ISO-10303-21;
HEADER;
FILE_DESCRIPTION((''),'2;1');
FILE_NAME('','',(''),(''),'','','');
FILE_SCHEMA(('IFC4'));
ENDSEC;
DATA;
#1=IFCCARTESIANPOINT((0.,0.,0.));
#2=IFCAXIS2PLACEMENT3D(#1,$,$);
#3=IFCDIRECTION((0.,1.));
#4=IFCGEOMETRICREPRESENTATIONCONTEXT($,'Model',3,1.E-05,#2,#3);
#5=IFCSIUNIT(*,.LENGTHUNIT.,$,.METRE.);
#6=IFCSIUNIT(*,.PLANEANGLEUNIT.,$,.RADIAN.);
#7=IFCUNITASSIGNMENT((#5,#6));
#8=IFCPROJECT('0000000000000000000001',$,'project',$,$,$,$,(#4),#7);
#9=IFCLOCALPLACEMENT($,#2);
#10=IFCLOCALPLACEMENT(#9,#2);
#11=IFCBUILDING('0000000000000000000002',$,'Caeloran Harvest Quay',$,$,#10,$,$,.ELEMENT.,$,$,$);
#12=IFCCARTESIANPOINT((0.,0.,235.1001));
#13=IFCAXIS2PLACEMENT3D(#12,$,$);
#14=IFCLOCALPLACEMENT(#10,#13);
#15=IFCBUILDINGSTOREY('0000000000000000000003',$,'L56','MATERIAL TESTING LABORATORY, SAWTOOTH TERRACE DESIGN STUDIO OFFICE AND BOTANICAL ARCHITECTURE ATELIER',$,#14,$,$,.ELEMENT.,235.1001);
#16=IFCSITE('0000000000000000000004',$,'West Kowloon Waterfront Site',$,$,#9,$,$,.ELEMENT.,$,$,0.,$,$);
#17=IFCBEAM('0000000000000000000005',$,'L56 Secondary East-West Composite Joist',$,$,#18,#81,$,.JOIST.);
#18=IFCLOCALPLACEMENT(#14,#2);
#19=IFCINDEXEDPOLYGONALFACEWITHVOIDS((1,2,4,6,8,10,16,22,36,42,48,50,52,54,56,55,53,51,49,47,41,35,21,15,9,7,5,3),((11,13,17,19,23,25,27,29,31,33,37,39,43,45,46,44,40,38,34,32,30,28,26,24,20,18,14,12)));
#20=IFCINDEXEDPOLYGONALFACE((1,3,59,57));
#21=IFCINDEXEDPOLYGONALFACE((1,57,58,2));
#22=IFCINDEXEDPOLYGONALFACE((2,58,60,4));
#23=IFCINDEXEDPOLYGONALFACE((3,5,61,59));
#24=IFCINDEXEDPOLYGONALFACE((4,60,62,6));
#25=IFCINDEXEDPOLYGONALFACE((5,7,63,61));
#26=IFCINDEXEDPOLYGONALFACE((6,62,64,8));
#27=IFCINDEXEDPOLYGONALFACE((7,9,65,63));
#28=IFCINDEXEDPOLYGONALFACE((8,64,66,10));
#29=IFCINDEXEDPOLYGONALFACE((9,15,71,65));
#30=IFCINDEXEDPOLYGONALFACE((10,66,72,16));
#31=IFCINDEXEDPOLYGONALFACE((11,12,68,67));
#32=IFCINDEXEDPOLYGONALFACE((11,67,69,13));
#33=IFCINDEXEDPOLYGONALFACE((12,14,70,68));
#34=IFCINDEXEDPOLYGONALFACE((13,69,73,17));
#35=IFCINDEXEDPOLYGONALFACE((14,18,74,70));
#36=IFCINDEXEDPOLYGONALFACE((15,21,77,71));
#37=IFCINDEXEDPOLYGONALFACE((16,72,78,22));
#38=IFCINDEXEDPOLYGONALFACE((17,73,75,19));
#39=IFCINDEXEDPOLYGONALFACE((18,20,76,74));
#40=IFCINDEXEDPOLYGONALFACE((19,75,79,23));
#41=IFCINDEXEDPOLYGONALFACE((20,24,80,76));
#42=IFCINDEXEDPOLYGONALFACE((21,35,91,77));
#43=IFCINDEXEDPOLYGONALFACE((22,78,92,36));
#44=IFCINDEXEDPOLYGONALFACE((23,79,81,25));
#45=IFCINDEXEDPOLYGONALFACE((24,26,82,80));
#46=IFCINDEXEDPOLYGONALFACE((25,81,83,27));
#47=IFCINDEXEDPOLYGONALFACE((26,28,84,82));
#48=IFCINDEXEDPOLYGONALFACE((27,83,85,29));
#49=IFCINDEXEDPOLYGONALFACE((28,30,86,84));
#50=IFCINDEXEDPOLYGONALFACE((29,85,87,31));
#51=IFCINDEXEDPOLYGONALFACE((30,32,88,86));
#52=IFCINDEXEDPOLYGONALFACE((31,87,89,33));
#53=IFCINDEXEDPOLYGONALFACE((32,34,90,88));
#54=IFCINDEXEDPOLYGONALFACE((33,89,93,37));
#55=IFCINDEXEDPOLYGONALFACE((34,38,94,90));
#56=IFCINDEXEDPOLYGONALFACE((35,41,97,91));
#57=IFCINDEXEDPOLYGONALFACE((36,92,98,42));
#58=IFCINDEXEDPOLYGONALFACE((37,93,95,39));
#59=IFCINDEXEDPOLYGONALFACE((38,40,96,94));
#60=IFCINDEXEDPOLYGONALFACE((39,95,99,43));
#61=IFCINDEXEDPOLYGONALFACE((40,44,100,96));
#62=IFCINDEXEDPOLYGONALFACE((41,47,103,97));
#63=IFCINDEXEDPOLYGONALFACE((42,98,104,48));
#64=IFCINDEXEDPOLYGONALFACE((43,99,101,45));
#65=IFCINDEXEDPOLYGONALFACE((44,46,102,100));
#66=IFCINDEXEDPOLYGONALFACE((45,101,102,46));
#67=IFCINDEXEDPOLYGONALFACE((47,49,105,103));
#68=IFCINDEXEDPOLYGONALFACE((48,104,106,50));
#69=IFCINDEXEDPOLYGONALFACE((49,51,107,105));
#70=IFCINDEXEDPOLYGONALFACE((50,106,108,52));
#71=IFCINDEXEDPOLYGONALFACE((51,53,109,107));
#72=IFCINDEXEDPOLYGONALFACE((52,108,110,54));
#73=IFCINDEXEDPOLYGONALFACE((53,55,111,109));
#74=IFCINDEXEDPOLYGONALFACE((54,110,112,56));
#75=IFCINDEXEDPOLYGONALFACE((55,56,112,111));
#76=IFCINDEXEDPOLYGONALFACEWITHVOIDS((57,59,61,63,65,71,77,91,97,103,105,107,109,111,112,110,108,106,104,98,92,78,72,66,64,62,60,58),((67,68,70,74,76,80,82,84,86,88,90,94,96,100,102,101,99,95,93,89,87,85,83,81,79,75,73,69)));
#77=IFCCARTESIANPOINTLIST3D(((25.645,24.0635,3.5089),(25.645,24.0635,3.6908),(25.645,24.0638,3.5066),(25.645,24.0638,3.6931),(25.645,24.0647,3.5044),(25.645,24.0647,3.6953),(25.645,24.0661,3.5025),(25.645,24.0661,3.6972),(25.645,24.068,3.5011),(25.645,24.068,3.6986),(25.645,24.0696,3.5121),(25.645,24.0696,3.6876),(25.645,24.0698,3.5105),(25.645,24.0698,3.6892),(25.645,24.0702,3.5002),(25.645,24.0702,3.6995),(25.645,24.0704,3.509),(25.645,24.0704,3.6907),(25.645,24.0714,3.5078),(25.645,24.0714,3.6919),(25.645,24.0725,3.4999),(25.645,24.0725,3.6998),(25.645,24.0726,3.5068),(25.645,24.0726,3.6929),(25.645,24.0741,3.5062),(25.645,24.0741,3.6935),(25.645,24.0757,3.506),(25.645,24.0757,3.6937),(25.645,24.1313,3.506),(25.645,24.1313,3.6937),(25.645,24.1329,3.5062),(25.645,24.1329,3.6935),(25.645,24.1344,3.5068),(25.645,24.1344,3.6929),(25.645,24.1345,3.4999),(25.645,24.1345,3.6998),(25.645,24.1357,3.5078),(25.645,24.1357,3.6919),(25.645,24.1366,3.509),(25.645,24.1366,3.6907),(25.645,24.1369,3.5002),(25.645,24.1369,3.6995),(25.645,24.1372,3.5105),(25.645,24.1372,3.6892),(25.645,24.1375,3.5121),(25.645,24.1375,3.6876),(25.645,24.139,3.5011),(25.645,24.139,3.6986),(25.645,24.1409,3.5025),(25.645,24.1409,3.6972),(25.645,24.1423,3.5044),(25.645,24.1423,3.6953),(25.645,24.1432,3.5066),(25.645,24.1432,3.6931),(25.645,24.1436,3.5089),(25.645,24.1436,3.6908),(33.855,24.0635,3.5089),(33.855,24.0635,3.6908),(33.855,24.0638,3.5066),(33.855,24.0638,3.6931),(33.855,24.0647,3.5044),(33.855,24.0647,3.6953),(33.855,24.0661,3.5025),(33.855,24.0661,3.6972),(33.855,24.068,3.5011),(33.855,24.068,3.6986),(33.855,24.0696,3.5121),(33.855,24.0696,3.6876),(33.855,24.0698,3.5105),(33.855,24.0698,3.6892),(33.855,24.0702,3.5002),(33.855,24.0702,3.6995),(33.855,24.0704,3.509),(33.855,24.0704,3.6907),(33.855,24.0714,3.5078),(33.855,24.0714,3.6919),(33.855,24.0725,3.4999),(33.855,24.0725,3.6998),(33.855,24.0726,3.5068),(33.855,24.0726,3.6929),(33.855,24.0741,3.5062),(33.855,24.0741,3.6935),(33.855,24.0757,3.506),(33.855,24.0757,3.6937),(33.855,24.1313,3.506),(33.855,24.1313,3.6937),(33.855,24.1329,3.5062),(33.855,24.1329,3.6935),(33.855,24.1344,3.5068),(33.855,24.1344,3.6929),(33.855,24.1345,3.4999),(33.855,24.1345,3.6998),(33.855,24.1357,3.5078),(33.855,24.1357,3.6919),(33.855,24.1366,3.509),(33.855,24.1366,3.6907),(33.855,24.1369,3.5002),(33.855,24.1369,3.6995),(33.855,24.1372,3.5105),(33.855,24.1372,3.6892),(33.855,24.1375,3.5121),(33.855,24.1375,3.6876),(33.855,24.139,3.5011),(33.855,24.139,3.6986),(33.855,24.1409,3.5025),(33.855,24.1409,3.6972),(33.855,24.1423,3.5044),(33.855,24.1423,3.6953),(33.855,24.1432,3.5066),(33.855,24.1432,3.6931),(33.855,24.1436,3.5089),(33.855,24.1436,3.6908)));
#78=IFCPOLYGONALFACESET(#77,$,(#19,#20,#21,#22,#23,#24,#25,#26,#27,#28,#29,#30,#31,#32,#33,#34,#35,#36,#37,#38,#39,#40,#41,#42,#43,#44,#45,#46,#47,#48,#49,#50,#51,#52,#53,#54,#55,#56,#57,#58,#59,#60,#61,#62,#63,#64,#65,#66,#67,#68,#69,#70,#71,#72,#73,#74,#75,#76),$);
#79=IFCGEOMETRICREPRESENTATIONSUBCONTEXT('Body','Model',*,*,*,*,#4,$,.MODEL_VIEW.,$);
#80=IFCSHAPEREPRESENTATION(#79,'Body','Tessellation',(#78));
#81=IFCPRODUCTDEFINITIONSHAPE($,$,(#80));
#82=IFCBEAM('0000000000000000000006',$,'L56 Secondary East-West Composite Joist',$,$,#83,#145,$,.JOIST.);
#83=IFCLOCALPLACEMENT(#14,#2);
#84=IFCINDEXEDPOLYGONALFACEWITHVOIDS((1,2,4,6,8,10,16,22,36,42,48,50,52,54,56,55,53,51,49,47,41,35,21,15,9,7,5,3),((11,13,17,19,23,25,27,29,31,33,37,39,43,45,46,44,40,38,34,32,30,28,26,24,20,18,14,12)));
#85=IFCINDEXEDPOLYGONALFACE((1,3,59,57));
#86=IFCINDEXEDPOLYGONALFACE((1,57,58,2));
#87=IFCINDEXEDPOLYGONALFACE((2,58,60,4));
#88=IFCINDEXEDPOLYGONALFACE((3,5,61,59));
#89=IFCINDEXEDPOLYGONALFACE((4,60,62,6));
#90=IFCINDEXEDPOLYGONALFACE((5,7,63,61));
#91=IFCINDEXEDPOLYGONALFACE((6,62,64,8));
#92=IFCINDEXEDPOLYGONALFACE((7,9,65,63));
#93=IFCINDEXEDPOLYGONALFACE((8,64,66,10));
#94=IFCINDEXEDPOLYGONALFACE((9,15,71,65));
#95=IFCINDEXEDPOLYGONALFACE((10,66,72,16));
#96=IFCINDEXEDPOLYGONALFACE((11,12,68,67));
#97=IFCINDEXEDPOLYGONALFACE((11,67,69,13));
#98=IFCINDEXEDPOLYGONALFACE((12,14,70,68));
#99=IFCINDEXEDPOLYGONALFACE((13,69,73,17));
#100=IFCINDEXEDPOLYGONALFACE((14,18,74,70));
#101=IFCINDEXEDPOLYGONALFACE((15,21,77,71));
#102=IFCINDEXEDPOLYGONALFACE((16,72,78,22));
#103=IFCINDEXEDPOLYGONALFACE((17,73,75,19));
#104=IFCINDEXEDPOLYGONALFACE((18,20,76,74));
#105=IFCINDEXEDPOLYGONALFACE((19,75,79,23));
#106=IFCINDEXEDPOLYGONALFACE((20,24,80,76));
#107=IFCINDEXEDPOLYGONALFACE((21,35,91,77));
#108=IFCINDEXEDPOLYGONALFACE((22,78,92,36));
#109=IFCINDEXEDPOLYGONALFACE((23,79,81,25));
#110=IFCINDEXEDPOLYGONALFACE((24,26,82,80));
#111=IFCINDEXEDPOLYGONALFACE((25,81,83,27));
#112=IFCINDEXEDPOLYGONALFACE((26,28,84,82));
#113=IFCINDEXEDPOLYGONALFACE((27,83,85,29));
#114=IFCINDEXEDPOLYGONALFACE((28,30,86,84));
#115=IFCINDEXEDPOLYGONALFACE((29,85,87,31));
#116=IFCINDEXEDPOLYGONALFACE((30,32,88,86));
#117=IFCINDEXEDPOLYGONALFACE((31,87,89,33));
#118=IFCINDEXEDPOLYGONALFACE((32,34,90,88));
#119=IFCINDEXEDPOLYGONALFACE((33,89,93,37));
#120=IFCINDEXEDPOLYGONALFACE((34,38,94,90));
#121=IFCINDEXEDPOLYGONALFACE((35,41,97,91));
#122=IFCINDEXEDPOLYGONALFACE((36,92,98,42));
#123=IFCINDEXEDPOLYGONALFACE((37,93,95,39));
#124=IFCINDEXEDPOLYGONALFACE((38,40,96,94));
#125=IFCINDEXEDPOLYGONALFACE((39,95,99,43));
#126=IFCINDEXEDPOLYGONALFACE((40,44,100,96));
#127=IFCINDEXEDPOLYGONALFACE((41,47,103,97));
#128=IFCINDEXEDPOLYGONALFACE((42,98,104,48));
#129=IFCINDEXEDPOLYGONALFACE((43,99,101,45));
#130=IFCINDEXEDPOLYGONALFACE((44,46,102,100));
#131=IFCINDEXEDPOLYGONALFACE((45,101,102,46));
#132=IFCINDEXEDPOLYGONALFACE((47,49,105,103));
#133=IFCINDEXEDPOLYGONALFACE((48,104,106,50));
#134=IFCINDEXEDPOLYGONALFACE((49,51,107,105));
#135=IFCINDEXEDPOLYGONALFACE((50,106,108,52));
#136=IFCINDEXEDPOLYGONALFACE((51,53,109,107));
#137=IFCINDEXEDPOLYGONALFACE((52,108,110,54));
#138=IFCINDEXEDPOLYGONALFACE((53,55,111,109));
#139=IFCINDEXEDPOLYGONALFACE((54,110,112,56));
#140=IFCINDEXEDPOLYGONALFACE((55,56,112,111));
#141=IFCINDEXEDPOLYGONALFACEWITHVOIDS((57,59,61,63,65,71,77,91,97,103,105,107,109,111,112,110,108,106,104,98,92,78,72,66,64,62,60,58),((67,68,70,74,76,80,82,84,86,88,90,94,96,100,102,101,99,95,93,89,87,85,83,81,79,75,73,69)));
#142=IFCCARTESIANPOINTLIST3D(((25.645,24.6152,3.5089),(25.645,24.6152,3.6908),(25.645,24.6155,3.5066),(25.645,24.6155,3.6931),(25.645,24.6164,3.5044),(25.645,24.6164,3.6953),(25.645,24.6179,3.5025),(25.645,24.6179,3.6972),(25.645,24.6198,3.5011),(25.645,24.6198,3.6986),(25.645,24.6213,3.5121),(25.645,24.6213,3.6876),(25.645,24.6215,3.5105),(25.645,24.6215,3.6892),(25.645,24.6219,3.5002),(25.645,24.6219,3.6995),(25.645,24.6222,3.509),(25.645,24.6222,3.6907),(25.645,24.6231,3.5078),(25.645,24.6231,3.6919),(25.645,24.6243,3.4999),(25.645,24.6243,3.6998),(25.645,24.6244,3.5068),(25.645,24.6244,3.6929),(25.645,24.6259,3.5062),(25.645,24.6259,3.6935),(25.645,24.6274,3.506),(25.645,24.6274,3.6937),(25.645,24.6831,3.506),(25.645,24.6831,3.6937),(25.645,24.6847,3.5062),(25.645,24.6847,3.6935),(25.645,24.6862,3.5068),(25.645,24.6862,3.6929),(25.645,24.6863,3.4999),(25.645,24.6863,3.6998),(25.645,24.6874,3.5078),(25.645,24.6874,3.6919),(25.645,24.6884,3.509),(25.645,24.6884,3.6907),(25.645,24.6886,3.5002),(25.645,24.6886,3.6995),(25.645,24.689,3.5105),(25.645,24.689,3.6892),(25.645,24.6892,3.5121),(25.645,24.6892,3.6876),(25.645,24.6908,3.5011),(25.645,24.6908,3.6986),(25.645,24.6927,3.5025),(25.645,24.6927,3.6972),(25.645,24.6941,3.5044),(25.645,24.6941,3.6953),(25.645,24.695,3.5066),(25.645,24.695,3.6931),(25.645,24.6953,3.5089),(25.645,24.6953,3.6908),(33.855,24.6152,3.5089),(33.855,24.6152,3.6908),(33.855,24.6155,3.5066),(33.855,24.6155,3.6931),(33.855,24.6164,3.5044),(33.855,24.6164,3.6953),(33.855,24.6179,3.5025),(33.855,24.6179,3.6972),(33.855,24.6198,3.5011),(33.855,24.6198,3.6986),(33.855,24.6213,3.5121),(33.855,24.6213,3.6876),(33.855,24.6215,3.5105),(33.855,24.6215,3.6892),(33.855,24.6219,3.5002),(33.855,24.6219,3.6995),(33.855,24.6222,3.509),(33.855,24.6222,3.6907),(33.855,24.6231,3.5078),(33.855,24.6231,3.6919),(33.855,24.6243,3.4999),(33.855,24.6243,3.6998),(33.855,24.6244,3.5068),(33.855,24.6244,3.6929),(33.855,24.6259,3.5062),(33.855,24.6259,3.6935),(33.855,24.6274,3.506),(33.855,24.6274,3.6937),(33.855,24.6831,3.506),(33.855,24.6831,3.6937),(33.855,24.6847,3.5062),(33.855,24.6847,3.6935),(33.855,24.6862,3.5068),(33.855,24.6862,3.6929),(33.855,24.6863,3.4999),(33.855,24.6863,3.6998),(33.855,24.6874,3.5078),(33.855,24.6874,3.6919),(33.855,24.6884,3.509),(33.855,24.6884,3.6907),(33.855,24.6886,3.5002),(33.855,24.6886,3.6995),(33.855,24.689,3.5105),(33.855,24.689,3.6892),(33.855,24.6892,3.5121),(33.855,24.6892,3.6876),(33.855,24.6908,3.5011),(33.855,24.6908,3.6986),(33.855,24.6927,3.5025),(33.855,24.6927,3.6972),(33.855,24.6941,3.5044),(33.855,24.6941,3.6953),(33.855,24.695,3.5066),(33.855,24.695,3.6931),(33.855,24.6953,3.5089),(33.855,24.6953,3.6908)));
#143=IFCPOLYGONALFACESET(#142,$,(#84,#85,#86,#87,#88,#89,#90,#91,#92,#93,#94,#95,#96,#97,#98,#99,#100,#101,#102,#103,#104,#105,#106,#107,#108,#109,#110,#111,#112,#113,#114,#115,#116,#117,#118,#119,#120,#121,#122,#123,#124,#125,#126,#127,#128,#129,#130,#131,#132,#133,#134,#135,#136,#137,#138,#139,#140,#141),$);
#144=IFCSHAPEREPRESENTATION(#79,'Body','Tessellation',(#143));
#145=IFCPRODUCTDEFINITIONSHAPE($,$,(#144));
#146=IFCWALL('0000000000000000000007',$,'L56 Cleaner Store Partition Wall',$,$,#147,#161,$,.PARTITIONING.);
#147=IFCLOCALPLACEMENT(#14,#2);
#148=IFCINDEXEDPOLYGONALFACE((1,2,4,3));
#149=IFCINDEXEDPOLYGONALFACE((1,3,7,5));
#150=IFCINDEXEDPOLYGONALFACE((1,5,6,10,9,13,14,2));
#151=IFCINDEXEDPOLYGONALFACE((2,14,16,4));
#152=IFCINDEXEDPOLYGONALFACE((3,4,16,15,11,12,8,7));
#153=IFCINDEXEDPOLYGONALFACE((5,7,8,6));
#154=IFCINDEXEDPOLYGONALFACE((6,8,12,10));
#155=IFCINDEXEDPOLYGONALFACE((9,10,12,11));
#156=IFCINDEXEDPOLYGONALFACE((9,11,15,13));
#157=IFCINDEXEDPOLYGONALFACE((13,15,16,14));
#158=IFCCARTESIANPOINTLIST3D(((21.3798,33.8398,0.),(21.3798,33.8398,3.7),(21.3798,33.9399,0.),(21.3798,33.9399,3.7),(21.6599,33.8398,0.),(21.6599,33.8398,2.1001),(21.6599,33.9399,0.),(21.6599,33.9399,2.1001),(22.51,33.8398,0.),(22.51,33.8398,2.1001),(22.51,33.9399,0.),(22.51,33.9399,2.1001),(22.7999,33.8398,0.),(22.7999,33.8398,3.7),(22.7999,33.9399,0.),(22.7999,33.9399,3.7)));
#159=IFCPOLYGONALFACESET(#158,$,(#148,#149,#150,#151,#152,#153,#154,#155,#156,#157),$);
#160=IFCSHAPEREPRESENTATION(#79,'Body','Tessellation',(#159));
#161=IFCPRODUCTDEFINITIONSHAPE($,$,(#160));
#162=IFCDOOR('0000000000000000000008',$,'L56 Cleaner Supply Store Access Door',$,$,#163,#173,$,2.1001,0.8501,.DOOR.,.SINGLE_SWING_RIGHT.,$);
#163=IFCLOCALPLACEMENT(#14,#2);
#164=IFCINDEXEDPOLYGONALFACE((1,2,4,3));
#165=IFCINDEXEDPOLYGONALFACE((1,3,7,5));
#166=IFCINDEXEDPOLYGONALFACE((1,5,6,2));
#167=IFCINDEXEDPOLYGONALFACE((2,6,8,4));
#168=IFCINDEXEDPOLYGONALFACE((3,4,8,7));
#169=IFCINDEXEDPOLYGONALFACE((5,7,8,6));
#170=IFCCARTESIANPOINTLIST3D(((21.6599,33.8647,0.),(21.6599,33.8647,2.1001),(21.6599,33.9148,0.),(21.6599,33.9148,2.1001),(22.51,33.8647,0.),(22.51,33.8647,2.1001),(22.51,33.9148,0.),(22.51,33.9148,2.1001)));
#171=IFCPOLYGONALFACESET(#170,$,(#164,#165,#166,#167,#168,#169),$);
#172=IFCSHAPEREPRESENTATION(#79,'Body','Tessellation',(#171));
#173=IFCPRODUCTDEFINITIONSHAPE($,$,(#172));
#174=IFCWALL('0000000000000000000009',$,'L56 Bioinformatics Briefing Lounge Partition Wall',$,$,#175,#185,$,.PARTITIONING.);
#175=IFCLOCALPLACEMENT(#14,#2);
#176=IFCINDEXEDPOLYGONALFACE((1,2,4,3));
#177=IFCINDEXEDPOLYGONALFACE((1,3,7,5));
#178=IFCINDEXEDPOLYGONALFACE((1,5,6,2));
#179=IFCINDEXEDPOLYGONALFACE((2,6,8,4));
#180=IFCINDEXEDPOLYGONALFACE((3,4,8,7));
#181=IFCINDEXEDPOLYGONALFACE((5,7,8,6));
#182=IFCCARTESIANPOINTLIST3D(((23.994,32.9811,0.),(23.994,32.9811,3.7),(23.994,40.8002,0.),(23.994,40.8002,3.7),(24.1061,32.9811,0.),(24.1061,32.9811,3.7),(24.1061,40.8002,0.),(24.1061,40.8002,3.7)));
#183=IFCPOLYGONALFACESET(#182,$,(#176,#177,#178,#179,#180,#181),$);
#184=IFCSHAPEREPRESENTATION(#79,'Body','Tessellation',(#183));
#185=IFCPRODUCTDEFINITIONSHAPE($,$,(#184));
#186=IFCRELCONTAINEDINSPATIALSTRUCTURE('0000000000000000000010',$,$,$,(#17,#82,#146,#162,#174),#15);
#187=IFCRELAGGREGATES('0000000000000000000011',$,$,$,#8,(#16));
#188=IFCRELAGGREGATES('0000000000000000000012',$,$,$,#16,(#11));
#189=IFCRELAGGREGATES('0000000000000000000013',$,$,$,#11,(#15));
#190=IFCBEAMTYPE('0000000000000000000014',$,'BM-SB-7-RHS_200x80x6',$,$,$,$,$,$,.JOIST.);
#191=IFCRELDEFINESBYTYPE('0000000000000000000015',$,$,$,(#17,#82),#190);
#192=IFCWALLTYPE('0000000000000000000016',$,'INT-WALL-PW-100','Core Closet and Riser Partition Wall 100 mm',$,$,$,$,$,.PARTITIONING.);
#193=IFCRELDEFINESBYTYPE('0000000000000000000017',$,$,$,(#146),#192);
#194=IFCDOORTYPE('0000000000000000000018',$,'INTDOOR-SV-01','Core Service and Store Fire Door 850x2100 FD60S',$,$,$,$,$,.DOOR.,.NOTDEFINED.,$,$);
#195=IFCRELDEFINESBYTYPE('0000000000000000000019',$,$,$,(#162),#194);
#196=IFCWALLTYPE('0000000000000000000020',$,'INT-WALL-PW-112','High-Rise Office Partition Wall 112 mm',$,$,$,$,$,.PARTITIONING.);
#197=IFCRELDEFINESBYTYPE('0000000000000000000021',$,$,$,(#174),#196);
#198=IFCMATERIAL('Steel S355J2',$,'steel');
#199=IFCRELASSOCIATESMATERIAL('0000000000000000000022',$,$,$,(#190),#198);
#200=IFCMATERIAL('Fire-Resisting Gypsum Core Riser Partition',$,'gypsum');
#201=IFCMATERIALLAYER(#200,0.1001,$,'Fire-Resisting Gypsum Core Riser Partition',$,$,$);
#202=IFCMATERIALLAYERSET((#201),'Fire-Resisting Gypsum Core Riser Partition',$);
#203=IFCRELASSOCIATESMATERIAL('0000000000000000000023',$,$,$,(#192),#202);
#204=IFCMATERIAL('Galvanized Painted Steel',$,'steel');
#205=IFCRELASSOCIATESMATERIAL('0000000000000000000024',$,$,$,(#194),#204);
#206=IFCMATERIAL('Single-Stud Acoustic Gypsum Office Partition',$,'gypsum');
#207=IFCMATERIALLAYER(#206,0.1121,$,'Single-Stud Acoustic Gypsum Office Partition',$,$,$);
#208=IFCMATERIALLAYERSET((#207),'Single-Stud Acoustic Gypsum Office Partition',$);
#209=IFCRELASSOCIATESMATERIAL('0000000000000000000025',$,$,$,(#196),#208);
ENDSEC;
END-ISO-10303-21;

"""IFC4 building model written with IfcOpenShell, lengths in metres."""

from ifc_helpers import new_model, si_unit, direction, frame, frame_2d, origin, origin_2d, place, context, subcontext, project, spatial, rectangle, hollow_rectangle, extrude, material, layer, layer_set, material_profile, profile_set, type_object, element, fill, save


model = new_model("IFC4")

# Units and contexts
model_context = context("Model", 3, precision=1e-05, world=origin(), true_north=direction((0.0, 1.0)))
body_context = subcontext(model_context, "Body", "Model", "MODEL_VIEW")
ifc_project = project(units=[si_unit("LENGTHUNIT", "METRE"), si_unit("PLANEANGLEUNIT", "RADIAN")], contexts=[model_context])

# Site, building, storey
site_placement = place(None, origin())
site = spatial("IfcSite", under=ifc_project, at=site_placement, Name="West Kowloon Waterfront Site", CompositionType="ELEMENT", RefElevation=0.0)
building_placement = place(site_placement, origin())
building = spatial("IfcBuilding", under=site, at=building_placement, Name="Caeloran Harvest Quay", CompositionType="ELEMENT")
storey_placement = place(building_placement, frame((0.0, 0.0, 235.1001)))
storey = spatial("IfcBuildingStorey", under=building, at=storey_placement, Name="L56", Description="MATERIAL TESTING LABORATORY, SAWTOOTH TERRACE DESIGN STUDIO OFFICE AND BOTANICAL ARCHITECTURE ATELIER", CompositionType="ELEMENT", Elevation=235.1001)

# Beams
ifc_material_1 = material(Name="Steel S355J2", Category="steel")
ifc_material_profile_1 = material_profile(ifc_material_1, hollow_rectangle(XDim=0.0801, YDim=0.2, WallThickness=0.0061, InnerFilletRadius=0.0061, OuterFilletRadius=0.009, at=origin_2d()), Name="RHS 200x80x6")
ifc_profile_set_1 = profile_set([ifc_material_profile_1], Name="Steel S355J2")
beam_type_1 = type_object("IfcBeamType", Name="BM-SB-7-RHS_200x80x6", PredefinedType="JOIST", material=ifc_profile_set_1)
for number, where, z_axis, x_axis, name in (
    (1, (25.645, 24.1035, 3.5999), (1.0, 0.0, 0.0), (0.0, 1.0, 0.0), "L56 Secondary East-West Composite Joist"),
    (2, (25.645, 24.6553, 3.5999), (1.0, 0.0, 0.0), (0.0, 1.0, 0.0), "L56 Secondary East-West Composite Joist"),
):
    element("IfcBeam", number, at=place(storey_placement, frame(where, z_axis=z_axis, x_axis=x_axis)), inside=storey, type_object=beam_type_1, Name=name, PredefinedType="JOIST", context=body_context, shape_type="SweptSolid", body=[
        extrude(hollow_rectangle(XDim=0.0801, YDim=0.2, WallThickness=0.0061, InnerFilletRadius=0.0061, OuterFilletRadius=0.009, at=origin_2d()), origin(), (0.0, 0.0, 1.0), 8.21),
    ])

# Wall, opening, door
ifc_material_2 = material(Name="Fire-Resisting Gypsum Core Riser Partition", Category="gypsum")
ifc_layer_1 = layer(ifc_material_2, 0.1001, Name="Fire-Resisting Gypsum Core Riser Partition")
ifc_layer_set_1 = layer_set([ifc_layer_1], Name="Fire-Resisting Gypsum Core Riser Partition")
wall_type_1 = type_object("IfcWallType", Name="INT-WALL-PW-100", Description="Core Closet and Riser Partition Wall 100 mm", PredefinedType="PARTITIONING", material=ifc_layer_set_1)
wall_1_placement = place(storey_placement, frame((21.3799, 33.8899, 0.0), z_axis=(0.0, 0.0, 1.0), x_axis=(1.0, 0.0, 0.0)))
wall_1 = element("IfcWall", 3, at=wall_1_placement, inside=storey, type_object=wall_type_1, Name="L56 Cleaner Store Partition Wall", PredefinedType="PARTITIONING", context=body_context, shape_type="SweptSolid", body=[
    extrude(rectangle(XDim=1.4202, YDim=0.1001, at=frame_2d((0.71, 0.0))), origin(), (0.0, 0.0, 1.0), 3.7),
])
opening_1_placement = place(wall_1_placement, frame((0.28, 0.0, 0.0)))
opening_1 = element("IfcOpeningElement", 4, at=opening_1_placement, cuts=wall_1, PredefinedType="OPENING", context=body_context, shape_type="SweptSolid", body=[
    extrude(rectangle(XDim=0.8501, YDim=2.1001, at=frame_2d((0.425, 1.05))), frame((0.0, 0.0601, 0.0), z_axis=(0.0, -1.0, 0.0), x_axis=(1.0, 0.0, 0.0)), (0.0, 0.0, 1.0), 0.1201),
])
ifc_material_3 = material(Name="Galvanized Painted Steel", Category="steel")
door_type_1 = type_object("IfcDoorType", Name="INTDOOR-SV-01", Description="Core Service and Store Fire Door 850x2100 FD60S", OperationType="NOTDEFINED", PredefinedType="DOOR", material=ifc_material_3)
door_1_placement = place(opening_1_placement, origin())
door_1 = element("IfcDoor", 5, at=door_1_placement, inside=storey, type_object=door_type_1, Name="L56 Cleaner Supply Store Access Door", OperationType="SINGLE_SWING_RIGHT", OverallHeight=2.1001, OverallWidth=0.8501, PredefinedType="DOOR", context=body_context, shape_type="SweptSolid", body=[
    extrude(rectangle(XDim=0.8501, YDim=2.1001, at=frame_2d((0.425, 1.05))), frame((0.0, 0.0249, 0.0), z_axis=(0.0, -1.0, 0.0), x_axis=(1.0, 0.0, 0.0)), (0.0, 0.0, 1.0), 0.05),
])
fill(opening_1, door_1)

# Wall
ifc_material_4 = material(Name="Single-Stud Acoustic Gypsum Office Partition", Category="gypsum")
ifc_layer_2 = layer(ifc_material_4, 0.1121, Name="Single-Stud Acoustic Gypsum Office Partition")
ifc_layer_set_2 = layer_set([ifc_layer_2], Name="Single-Stud Acoustic Gypsum Office Partition")
wall_type_2 = type_object("IfcWallType", Name="INT-WALL-PW-112", Description="High-Rise Office Partition Wall 112 mm", PredefinedType="PARTITIONING", material=ifc_layer_set_2)
wall_2_placement = place(storey_placement, frame((24.05, 32.981, 0.0), z_axis=(0.0, 0.0, 1.0), x_axis=(0.0, 1.0, 0.0)))
element("IfcWall", 6, at=wall_2_placement, inside=storey, type_object=wall_type_2, Name="L56 Bioinformatics Briefing Lounge Partition Wall", PredefinedType="PARTITIONING", context=body_context, shape_type="SweptSolid", body=[
    extrude(rectangle(XDim=7.8191, YDim=0.1121, at=frame_2d((3.9097, 0.0))), origin(), (0.0, 0.0, 1.0), 3.7),
])

save(model, "model.ifc")
